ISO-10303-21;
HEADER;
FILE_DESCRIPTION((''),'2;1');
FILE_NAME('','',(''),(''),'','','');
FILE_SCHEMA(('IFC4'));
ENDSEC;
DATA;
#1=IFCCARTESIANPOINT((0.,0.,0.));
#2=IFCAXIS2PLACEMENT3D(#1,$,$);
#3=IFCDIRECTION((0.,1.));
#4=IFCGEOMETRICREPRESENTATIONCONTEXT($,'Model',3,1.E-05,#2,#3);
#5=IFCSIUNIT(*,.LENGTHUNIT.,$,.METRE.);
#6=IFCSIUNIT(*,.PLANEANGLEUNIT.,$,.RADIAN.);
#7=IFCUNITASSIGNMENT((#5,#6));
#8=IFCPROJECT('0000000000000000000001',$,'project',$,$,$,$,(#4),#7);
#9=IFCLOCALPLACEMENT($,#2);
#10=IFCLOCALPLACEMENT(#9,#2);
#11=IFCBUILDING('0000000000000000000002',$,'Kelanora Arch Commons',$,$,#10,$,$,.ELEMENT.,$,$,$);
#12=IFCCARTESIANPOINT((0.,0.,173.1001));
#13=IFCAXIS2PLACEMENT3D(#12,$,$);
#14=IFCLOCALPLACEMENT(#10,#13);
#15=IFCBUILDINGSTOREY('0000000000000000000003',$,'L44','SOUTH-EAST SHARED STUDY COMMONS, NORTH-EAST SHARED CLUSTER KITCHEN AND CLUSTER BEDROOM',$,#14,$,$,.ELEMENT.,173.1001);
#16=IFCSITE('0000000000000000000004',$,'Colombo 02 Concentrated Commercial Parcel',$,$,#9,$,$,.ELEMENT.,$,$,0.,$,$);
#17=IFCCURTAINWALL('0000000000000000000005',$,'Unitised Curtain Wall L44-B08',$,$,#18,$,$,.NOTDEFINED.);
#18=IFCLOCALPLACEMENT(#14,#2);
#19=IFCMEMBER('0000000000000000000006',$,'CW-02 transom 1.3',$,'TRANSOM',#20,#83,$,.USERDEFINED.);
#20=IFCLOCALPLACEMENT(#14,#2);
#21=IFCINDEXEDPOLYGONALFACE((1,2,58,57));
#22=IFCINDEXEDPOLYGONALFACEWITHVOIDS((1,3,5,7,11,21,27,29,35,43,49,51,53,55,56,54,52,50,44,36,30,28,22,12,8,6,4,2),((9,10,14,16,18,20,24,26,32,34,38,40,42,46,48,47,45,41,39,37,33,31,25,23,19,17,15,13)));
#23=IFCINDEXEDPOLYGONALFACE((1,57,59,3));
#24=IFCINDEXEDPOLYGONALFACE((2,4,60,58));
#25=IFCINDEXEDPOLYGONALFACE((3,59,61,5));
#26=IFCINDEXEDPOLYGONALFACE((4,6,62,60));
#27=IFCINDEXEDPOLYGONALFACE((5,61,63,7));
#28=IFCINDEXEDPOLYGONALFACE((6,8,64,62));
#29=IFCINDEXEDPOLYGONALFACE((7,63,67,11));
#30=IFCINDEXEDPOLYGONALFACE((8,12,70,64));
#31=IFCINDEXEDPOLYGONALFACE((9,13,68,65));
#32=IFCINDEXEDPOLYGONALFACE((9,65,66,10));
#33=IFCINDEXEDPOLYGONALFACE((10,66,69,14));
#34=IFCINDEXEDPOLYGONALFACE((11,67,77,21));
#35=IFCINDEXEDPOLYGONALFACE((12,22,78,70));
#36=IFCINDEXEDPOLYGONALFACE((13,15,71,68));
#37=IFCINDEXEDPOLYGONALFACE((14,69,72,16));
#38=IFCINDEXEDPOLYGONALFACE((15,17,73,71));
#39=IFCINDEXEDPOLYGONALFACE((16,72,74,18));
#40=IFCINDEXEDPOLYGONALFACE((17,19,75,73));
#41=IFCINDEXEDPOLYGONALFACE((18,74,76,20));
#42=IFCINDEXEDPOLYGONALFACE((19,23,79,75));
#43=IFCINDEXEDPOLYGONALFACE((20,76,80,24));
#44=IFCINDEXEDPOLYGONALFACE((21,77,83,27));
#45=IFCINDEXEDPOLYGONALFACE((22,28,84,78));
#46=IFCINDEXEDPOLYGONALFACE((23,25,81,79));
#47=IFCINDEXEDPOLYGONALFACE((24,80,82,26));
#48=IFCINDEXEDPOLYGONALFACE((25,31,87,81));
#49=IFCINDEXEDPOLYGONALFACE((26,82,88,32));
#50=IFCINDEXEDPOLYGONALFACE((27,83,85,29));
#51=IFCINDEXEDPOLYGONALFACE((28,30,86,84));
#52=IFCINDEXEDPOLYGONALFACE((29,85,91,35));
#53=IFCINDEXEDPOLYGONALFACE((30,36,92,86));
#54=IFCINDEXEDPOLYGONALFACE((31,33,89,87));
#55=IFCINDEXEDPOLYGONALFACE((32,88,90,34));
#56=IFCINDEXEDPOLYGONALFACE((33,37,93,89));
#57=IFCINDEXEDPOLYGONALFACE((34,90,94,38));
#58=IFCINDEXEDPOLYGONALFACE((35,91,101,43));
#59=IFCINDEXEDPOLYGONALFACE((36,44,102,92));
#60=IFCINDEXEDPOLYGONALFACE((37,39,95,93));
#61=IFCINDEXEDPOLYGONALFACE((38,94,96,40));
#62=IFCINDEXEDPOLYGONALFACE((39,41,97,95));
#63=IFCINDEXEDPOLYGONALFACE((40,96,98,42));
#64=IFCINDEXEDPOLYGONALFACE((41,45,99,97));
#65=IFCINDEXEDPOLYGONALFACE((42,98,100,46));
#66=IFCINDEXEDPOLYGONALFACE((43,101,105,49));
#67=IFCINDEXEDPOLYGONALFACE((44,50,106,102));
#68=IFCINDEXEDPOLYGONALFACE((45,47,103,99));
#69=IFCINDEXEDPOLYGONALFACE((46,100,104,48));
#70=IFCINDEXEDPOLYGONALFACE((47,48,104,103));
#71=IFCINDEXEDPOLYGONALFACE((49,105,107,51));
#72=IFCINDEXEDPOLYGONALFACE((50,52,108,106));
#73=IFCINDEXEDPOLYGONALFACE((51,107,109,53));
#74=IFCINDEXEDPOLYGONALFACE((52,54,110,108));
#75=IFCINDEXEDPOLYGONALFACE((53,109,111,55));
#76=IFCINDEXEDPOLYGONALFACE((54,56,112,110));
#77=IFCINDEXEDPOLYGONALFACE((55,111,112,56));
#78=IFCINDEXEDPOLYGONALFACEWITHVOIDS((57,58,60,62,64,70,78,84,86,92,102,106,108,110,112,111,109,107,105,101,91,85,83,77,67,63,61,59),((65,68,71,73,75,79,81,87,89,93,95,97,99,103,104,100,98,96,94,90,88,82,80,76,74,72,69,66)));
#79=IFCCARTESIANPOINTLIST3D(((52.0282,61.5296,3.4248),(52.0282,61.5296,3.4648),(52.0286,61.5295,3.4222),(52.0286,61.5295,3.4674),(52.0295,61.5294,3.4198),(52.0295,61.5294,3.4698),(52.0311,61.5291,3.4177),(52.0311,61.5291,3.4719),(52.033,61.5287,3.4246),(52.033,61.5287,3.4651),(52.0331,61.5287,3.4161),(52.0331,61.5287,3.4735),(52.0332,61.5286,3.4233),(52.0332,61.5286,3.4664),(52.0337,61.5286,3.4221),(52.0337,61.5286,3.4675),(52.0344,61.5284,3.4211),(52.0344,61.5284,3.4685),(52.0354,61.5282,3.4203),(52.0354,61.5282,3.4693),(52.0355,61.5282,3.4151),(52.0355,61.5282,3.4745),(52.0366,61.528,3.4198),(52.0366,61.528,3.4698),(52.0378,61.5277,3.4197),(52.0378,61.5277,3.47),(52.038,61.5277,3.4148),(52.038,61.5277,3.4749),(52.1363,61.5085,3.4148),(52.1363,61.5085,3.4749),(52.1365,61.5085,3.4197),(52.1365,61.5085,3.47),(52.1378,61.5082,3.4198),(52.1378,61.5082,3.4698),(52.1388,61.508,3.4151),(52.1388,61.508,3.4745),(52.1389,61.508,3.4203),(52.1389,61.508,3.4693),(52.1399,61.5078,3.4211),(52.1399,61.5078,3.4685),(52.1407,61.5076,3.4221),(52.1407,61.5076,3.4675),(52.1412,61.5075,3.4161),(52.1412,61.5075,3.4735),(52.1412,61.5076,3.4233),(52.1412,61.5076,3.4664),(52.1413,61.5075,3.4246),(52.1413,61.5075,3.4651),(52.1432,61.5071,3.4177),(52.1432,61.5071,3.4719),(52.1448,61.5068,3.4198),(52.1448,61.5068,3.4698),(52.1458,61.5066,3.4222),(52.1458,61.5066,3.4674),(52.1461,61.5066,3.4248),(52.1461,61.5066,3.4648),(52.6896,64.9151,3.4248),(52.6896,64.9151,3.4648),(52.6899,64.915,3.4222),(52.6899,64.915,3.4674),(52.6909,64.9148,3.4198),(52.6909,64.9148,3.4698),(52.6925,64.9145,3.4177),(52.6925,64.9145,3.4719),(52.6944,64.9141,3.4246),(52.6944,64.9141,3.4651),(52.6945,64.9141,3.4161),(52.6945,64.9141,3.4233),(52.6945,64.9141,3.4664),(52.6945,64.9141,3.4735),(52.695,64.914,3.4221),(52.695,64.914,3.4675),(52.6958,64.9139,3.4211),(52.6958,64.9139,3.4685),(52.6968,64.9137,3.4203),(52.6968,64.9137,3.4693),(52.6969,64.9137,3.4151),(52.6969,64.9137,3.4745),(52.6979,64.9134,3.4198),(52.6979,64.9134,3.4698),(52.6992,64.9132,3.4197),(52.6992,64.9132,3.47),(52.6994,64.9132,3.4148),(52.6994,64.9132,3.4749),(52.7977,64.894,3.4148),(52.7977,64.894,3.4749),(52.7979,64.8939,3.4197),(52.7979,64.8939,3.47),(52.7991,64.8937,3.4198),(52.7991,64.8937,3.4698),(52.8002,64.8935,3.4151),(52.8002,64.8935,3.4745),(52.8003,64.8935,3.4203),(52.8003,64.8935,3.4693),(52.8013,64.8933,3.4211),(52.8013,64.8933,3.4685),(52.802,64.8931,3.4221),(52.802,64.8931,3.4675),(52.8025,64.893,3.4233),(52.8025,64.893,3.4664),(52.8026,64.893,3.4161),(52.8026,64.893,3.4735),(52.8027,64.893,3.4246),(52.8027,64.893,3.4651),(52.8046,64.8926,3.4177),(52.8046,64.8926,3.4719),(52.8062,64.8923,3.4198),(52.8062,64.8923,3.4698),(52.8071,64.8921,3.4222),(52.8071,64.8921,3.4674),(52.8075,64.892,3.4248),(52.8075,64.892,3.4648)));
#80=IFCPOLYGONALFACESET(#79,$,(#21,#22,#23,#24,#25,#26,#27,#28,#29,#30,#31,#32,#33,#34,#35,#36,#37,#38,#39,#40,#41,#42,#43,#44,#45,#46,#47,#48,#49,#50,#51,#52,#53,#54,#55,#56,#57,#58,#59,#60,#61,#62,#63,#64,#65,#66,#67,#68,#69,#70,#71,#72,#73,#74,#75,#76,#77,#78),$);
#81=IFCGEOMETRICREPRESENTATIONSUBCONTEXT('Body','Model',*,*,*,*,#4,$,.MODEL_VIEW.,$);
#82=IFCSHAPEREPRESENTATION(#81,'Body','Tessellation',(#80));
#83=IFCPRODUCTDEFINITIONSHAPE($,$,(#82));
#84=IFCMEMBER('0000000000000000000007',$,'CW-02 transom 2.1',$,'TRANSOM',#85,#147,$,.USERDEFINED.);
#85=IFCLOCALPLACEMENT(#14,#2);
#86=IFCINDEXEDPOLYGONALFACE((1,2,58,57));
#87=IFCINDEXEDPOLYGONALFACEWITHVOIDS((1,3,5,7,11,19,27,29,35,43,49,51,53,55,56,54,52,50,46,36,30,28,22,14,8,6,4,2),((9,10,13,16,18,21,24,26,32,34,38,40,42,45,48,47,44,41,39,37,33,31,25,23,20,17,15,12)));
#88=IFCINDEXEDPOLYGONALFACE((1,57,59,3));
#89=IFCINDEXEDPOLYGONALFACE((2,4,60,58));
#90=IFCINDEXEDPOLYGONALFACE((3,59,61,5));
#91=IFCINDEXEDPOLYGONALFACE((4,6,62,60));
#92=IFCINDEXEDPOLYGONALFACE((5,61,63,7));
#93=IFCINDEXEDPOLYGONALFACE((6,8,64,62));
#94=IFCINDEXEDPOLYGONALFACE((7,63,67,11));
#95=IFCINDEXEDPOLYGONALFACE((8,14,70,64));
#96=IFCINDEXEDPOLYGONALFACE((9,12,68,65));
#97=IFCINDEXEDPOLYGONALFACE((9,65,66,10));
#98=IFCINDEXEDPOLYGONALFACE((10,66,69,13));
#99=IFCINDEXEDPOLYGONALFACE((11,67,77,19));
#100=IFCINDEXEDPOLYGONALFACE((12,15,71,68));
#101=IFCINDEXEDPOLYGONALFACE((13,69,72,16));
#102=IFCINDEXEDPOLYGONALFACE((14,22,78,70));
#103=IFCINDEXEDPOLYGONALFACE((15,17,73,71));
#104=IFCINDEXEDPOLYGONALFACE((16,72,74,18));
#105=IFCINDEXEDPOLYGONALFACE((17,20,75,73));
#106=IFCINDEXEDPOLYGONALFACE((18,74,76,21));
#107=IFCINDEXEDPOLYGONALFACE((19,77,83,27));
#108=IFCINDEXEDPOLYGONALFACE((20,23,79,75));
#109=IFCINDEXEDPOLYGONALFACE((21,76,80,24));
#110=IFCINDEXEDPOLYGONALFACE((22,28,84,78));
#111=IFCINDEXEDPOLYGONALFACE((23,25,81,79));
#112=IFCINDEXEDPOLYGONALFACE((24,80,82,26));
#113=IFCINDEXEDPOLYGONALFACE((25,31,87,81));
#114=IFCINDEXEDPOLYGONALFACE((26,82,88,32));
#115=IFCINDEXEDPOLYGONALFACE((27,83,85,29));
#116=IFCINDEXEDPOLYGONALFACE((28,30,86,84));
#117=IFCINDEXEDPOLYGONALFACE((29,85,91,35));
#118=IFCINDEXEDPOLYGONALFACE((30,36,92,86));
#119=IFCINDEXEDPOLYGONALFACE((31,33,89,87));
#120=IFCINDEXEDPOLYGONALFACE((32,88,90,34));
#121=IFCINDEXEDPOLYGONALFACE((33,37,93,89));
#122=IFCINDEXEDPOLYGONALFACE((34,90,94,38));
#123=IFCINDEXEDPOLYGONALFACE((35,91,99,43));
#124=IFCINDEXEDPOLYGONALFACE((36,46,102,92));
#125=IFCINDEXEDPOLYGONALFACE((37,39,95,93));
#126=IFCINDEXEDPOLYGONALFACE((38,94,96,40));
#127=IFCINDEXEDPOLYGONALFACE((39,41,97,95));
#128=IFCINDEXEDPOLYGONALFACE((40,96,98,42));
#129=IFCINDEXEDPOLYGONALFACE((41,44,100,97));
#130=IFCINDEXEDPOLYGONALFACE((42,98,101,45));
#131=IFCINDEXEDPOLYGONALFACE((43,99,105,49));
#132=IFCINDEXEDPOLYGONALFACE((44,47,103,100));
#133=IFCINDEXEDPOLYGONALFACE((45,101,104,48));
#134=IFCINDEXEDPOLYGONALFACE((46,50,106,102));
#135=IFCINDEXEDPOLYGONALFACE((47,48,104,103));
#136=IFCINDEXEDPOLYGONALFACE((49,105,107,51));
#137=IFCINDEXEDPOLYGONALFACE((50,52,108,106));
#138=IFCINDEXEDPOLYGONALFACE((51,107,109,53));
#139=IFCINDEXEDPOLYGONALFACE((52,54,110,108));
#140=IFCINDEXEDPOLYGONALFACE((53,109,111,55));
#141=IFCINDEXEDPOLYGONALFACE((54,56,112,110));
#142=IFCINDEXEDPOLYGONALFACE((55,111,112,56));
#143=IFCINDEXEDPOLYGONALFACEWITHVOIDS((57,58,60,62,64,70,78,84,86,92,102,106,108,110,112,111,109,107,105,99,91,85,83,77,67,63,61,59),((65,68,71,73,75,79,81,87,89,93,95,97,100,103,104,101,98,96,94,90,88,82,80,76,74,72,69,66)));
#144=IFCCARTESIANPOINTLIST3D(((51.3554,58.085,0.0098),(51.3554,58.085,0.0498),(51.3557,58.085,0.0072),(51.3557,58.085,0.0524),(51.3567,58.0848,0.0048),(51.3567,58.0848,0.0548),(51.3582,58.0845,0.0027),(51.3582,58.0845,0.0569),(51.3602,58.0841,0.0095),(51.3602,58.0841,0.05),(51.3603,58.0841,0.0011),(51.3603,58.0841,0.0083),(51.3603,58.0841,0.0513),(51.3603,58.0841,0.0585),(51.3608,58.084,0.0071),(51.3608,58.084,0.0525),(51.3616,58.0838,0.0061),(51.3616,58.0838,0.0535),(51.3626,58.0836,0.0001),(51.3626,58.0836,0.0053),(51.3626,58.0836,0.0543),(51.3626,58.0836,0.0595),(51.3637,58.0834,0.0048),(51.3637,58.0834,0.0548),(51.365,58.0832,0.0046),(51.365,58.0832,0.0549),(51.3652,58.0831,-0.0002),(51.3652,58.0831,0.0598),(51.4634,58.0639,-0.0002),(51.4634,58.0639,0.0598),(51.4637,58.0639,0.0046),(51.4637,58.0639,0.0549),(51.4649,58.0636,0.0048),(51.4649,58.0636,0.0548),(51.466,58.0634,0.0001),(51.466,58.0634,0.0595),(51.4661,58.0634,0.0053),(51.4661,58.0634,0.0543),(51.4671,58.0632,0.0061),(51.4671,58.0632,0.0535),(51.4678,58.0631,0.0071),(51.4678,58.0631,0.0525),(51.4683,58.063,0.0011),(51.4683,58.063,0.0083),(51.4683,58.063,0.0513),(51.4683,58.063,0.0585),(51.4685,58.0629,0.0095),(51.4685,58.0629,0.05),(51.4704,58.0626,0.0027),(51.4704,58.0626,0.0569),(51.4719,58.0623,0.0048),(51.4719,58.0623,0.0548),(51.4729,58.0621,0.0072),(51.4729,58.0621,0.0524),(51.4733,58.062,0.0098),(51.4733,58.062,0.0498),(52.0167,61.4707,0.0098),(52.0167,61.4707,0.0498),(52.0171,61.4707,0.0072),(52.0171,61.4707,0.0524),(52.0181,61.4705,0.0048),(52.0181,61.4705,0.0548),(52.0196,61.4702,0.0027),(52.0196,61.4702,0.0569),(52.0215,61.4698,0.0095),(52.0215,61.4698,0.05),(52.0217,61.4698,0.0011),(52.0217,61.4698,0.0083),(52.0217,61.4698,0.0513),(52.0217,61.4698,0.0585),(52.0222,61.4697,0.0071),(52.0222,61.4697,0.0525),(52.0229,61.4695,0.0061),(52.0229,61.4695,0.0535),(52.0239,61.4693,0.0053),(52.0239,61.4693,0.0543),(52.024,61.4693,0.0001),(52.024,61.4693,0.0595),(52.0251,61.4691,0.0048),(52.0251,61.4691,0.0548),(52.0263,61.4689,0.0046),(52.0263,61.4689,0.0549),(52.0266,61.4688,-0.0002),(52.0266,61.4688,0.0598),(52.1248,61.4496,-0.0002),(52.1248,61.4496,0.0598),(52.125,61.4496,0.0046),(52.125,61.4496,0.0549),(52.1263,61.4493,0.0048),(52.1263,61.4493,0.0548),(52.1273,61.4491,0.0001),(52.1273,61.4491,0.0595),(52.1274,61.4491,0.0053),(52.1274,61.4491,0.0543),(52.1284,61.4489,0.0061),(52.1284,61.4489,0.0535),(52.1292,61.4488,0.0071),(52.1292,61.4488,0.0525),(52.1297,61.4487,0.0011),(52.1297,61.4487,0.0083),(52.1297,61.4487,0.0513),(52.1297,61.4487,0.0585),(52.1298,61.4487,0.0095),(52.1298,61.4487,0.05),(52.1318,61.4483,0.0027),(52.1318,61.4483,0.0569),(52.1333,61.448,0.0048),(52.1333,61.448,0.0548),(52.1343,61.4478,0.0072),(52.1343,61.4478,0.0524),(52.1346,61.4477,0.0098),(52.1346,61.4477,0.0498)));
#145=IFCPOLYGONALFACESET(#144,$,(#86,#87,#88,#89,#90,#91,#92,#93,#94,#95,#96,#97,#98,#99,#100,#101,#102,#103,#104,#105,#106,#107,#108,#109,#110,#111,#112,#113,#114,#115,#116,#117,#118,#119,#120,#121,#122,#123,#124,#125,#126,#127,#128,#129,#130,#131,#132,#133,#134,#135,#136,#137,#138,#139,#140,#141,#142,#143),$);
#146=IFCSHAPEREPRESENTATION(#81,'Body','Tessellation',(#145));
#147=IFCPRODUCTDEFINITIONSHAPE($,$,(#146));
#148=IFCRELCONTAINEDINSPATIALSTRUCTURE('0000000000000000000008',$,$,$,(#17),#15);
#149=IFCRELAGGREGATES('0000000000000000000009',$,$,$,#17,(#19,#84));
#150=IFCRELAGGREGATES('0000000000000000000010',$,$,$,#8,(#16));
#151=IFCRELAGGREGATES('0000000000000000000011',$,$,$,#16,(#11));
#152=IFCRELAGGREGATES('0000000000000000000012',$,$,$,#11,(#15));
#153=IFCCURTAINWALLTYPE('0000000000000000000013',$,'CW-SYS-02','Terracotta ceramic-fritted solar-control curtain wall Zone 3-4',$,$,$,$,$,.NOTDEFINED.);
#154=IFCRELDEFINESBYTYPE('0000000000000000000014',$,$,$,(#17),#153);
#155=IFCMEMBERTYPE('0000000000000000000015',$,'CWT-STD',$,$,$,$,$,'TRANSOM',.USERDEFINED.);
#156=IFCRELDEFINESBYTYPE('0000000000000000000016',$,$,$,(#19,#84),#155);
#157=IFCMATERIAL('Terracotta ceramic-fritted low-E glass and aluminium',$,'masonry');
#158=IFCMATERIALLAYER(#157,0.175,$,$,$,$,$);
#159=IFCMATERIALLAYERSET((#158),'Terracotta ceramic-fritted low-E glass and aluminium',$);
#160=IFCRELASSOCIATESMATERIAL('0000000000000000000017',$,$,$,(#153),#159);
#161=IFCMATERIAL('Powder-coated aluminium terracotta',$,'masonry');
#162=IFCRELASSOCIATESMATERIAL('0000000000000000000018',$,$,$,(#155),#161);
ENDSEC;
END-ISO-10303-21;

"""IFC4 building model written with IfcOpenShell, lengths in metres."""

from ifc_helpers import new_model, si_unit, direction, frame, origin, origin_2d, place, context, subcontext, project, spatial, hollow_rectangle, extrude, material, layer, layer_set, material_profile, profile_set, type_object, element, aggregate, save


model = new_model("IFC4")

# Units and contexts
model_context = context("Model", 3, precision=1e-05, world=origin(), true_north=direction((0.0, 1.0)))
body_context = subcontext(model_context, "Body", "Model", "MODEL_VIEW")
ifc_project = project(units=[si_unit("LENGTHUNIT", "METRE"), si_unit("PLANEANGLEUNIT", "RADIAN")], contexts=[model_context])

# Site, building, storey
site_placement = place(None, origin())
site = spatial("IfcSite", under=ifc_project, at=site_placement, Name="Colombo 02 Concentrated Commercial Parcel", CompositionType="ELEMENT", RefElevation=0.0)
building_placement = place(site_placement, origin())
building = spatial("IfcBuilding", under=site, at=building_placement, Name="Kelanora Arch Commons", CompositionType="ELEMENT")
storey_placement = place(building_placement, frame((0.0, 0.0, 173.1001)))
storey = spatial("IfcBuildingStorey", under=building, at=storey_placement, Name="L44", Description="SOUTH-EAST SHARED STUDY COMMONS, NORTH-EAST SHARED CLUSTER KITCHEN AND CLUSTER BEDROOM", CompositionType="ELEMENT", Elevation=173.1001)

# Curtain wall, members
ifc_material_1 = material(Name="Terracotta ceramic-fritted low-E glass and aluminium", Category="masonry")
ifc_layer_1 = layer(ifc_material_1, 0.175)
ifc_layer_set_1 = layer_set([ifc_layer_1], Name="Terracotta ceramic-fritted low-E glass and aluminium")
curtain_wall_type = type_object("IfcCurtainWallType", Name="CW-SYS-02", Description="Terracotta ceramic-fritted solar-control curtain wall Zone 3-4", PredefinedType="NOTDEFINED", material=ifc_layer_set_1)
curtain_wall_placement = place(storey_placement, origin())
curtain_wall = element("IfcCurtainWall", 1, at=curtain_wall_placement, inside=storey, type_object=curtain_wall_type, Name="Unitised Curtain Wall L44-B08", PredefinedType="NOTDEFINED")
ifc_material_2 = material(Name="Powder-coated aluminium terracotta", Category="masonry")
ifc_material_profile_1 = material_profile(ifc_material_2, hollow_rectangle(XDim=0.1201, YDim=0.0601, WallThickness=0.0049, InnerFilletRadius=0.0049, OuterFilletRadius=0.01, at=origin_2d()), Name="CWT120x60")
ifc_profile_set_1 = profile_set([ifc_material_profile_1], Name="Powder-coated aluminium terracotta")
member_type_1 = type_object("IfcMemberType", Name="CWT-STD", ElementType="TRANSOM", PredefinedType="USERDEFINED", material=ifc_profile_set_1)
member_1_placement = place(storey_placement, frame((52.7485, 64.9036, 3.4448), z_axis=(-0.191732, -0.981447, 0.0), x_axis=(0.981447, -0.191732, 0.0)))
member_1 = element("IfcMember", 2, at=member_1_placement, type_object=member_type_1, Name="CW-02 transom 1.3", ObjectType="TRANSOM", PredefinedType="USERDEFINED", context=body_context, shape_type="SweptSolid", body=[
    extrude(hollow_rectangle(XDim=0.1201, YDim=0.0601, WallThickness=0.0049, InnerFilletRadius=0.0049, OuterFilletRadius=0.01, at=origin_2d()), origin(), (0.0, 0.0, 1.0), 3.4495),
])
member_2_placement = place(storey_placement, frame((52.0757, 61.4592, 0.0298), z_axis=(-0.191718, -0.98145, 0.0), x_axis=(0.98145, -0.191718, 0.0)))
member_2 = element("IfcMember", 3, at=member_2_placement, type_object=member_type_1, Name="CW-02 transom 2.1", ObjectType="TRANSOM", PredefinedType="USERDEFINED", context=body_context, shape_type="SweptSolid", body=[
    extrude(hollow_rectangle(XDim=0.1201, YDim=0.0601, WallThickness=0.0049, InnerFilletRadius=0.0049, OuterFilletRadius=0.01, at=origin_2d()), origin(), (0.0, 0.0, 1.0), 3.4497),
])
aggregate(curtain_wall, [member_1, member_2])

save(model, "model.ifc")
